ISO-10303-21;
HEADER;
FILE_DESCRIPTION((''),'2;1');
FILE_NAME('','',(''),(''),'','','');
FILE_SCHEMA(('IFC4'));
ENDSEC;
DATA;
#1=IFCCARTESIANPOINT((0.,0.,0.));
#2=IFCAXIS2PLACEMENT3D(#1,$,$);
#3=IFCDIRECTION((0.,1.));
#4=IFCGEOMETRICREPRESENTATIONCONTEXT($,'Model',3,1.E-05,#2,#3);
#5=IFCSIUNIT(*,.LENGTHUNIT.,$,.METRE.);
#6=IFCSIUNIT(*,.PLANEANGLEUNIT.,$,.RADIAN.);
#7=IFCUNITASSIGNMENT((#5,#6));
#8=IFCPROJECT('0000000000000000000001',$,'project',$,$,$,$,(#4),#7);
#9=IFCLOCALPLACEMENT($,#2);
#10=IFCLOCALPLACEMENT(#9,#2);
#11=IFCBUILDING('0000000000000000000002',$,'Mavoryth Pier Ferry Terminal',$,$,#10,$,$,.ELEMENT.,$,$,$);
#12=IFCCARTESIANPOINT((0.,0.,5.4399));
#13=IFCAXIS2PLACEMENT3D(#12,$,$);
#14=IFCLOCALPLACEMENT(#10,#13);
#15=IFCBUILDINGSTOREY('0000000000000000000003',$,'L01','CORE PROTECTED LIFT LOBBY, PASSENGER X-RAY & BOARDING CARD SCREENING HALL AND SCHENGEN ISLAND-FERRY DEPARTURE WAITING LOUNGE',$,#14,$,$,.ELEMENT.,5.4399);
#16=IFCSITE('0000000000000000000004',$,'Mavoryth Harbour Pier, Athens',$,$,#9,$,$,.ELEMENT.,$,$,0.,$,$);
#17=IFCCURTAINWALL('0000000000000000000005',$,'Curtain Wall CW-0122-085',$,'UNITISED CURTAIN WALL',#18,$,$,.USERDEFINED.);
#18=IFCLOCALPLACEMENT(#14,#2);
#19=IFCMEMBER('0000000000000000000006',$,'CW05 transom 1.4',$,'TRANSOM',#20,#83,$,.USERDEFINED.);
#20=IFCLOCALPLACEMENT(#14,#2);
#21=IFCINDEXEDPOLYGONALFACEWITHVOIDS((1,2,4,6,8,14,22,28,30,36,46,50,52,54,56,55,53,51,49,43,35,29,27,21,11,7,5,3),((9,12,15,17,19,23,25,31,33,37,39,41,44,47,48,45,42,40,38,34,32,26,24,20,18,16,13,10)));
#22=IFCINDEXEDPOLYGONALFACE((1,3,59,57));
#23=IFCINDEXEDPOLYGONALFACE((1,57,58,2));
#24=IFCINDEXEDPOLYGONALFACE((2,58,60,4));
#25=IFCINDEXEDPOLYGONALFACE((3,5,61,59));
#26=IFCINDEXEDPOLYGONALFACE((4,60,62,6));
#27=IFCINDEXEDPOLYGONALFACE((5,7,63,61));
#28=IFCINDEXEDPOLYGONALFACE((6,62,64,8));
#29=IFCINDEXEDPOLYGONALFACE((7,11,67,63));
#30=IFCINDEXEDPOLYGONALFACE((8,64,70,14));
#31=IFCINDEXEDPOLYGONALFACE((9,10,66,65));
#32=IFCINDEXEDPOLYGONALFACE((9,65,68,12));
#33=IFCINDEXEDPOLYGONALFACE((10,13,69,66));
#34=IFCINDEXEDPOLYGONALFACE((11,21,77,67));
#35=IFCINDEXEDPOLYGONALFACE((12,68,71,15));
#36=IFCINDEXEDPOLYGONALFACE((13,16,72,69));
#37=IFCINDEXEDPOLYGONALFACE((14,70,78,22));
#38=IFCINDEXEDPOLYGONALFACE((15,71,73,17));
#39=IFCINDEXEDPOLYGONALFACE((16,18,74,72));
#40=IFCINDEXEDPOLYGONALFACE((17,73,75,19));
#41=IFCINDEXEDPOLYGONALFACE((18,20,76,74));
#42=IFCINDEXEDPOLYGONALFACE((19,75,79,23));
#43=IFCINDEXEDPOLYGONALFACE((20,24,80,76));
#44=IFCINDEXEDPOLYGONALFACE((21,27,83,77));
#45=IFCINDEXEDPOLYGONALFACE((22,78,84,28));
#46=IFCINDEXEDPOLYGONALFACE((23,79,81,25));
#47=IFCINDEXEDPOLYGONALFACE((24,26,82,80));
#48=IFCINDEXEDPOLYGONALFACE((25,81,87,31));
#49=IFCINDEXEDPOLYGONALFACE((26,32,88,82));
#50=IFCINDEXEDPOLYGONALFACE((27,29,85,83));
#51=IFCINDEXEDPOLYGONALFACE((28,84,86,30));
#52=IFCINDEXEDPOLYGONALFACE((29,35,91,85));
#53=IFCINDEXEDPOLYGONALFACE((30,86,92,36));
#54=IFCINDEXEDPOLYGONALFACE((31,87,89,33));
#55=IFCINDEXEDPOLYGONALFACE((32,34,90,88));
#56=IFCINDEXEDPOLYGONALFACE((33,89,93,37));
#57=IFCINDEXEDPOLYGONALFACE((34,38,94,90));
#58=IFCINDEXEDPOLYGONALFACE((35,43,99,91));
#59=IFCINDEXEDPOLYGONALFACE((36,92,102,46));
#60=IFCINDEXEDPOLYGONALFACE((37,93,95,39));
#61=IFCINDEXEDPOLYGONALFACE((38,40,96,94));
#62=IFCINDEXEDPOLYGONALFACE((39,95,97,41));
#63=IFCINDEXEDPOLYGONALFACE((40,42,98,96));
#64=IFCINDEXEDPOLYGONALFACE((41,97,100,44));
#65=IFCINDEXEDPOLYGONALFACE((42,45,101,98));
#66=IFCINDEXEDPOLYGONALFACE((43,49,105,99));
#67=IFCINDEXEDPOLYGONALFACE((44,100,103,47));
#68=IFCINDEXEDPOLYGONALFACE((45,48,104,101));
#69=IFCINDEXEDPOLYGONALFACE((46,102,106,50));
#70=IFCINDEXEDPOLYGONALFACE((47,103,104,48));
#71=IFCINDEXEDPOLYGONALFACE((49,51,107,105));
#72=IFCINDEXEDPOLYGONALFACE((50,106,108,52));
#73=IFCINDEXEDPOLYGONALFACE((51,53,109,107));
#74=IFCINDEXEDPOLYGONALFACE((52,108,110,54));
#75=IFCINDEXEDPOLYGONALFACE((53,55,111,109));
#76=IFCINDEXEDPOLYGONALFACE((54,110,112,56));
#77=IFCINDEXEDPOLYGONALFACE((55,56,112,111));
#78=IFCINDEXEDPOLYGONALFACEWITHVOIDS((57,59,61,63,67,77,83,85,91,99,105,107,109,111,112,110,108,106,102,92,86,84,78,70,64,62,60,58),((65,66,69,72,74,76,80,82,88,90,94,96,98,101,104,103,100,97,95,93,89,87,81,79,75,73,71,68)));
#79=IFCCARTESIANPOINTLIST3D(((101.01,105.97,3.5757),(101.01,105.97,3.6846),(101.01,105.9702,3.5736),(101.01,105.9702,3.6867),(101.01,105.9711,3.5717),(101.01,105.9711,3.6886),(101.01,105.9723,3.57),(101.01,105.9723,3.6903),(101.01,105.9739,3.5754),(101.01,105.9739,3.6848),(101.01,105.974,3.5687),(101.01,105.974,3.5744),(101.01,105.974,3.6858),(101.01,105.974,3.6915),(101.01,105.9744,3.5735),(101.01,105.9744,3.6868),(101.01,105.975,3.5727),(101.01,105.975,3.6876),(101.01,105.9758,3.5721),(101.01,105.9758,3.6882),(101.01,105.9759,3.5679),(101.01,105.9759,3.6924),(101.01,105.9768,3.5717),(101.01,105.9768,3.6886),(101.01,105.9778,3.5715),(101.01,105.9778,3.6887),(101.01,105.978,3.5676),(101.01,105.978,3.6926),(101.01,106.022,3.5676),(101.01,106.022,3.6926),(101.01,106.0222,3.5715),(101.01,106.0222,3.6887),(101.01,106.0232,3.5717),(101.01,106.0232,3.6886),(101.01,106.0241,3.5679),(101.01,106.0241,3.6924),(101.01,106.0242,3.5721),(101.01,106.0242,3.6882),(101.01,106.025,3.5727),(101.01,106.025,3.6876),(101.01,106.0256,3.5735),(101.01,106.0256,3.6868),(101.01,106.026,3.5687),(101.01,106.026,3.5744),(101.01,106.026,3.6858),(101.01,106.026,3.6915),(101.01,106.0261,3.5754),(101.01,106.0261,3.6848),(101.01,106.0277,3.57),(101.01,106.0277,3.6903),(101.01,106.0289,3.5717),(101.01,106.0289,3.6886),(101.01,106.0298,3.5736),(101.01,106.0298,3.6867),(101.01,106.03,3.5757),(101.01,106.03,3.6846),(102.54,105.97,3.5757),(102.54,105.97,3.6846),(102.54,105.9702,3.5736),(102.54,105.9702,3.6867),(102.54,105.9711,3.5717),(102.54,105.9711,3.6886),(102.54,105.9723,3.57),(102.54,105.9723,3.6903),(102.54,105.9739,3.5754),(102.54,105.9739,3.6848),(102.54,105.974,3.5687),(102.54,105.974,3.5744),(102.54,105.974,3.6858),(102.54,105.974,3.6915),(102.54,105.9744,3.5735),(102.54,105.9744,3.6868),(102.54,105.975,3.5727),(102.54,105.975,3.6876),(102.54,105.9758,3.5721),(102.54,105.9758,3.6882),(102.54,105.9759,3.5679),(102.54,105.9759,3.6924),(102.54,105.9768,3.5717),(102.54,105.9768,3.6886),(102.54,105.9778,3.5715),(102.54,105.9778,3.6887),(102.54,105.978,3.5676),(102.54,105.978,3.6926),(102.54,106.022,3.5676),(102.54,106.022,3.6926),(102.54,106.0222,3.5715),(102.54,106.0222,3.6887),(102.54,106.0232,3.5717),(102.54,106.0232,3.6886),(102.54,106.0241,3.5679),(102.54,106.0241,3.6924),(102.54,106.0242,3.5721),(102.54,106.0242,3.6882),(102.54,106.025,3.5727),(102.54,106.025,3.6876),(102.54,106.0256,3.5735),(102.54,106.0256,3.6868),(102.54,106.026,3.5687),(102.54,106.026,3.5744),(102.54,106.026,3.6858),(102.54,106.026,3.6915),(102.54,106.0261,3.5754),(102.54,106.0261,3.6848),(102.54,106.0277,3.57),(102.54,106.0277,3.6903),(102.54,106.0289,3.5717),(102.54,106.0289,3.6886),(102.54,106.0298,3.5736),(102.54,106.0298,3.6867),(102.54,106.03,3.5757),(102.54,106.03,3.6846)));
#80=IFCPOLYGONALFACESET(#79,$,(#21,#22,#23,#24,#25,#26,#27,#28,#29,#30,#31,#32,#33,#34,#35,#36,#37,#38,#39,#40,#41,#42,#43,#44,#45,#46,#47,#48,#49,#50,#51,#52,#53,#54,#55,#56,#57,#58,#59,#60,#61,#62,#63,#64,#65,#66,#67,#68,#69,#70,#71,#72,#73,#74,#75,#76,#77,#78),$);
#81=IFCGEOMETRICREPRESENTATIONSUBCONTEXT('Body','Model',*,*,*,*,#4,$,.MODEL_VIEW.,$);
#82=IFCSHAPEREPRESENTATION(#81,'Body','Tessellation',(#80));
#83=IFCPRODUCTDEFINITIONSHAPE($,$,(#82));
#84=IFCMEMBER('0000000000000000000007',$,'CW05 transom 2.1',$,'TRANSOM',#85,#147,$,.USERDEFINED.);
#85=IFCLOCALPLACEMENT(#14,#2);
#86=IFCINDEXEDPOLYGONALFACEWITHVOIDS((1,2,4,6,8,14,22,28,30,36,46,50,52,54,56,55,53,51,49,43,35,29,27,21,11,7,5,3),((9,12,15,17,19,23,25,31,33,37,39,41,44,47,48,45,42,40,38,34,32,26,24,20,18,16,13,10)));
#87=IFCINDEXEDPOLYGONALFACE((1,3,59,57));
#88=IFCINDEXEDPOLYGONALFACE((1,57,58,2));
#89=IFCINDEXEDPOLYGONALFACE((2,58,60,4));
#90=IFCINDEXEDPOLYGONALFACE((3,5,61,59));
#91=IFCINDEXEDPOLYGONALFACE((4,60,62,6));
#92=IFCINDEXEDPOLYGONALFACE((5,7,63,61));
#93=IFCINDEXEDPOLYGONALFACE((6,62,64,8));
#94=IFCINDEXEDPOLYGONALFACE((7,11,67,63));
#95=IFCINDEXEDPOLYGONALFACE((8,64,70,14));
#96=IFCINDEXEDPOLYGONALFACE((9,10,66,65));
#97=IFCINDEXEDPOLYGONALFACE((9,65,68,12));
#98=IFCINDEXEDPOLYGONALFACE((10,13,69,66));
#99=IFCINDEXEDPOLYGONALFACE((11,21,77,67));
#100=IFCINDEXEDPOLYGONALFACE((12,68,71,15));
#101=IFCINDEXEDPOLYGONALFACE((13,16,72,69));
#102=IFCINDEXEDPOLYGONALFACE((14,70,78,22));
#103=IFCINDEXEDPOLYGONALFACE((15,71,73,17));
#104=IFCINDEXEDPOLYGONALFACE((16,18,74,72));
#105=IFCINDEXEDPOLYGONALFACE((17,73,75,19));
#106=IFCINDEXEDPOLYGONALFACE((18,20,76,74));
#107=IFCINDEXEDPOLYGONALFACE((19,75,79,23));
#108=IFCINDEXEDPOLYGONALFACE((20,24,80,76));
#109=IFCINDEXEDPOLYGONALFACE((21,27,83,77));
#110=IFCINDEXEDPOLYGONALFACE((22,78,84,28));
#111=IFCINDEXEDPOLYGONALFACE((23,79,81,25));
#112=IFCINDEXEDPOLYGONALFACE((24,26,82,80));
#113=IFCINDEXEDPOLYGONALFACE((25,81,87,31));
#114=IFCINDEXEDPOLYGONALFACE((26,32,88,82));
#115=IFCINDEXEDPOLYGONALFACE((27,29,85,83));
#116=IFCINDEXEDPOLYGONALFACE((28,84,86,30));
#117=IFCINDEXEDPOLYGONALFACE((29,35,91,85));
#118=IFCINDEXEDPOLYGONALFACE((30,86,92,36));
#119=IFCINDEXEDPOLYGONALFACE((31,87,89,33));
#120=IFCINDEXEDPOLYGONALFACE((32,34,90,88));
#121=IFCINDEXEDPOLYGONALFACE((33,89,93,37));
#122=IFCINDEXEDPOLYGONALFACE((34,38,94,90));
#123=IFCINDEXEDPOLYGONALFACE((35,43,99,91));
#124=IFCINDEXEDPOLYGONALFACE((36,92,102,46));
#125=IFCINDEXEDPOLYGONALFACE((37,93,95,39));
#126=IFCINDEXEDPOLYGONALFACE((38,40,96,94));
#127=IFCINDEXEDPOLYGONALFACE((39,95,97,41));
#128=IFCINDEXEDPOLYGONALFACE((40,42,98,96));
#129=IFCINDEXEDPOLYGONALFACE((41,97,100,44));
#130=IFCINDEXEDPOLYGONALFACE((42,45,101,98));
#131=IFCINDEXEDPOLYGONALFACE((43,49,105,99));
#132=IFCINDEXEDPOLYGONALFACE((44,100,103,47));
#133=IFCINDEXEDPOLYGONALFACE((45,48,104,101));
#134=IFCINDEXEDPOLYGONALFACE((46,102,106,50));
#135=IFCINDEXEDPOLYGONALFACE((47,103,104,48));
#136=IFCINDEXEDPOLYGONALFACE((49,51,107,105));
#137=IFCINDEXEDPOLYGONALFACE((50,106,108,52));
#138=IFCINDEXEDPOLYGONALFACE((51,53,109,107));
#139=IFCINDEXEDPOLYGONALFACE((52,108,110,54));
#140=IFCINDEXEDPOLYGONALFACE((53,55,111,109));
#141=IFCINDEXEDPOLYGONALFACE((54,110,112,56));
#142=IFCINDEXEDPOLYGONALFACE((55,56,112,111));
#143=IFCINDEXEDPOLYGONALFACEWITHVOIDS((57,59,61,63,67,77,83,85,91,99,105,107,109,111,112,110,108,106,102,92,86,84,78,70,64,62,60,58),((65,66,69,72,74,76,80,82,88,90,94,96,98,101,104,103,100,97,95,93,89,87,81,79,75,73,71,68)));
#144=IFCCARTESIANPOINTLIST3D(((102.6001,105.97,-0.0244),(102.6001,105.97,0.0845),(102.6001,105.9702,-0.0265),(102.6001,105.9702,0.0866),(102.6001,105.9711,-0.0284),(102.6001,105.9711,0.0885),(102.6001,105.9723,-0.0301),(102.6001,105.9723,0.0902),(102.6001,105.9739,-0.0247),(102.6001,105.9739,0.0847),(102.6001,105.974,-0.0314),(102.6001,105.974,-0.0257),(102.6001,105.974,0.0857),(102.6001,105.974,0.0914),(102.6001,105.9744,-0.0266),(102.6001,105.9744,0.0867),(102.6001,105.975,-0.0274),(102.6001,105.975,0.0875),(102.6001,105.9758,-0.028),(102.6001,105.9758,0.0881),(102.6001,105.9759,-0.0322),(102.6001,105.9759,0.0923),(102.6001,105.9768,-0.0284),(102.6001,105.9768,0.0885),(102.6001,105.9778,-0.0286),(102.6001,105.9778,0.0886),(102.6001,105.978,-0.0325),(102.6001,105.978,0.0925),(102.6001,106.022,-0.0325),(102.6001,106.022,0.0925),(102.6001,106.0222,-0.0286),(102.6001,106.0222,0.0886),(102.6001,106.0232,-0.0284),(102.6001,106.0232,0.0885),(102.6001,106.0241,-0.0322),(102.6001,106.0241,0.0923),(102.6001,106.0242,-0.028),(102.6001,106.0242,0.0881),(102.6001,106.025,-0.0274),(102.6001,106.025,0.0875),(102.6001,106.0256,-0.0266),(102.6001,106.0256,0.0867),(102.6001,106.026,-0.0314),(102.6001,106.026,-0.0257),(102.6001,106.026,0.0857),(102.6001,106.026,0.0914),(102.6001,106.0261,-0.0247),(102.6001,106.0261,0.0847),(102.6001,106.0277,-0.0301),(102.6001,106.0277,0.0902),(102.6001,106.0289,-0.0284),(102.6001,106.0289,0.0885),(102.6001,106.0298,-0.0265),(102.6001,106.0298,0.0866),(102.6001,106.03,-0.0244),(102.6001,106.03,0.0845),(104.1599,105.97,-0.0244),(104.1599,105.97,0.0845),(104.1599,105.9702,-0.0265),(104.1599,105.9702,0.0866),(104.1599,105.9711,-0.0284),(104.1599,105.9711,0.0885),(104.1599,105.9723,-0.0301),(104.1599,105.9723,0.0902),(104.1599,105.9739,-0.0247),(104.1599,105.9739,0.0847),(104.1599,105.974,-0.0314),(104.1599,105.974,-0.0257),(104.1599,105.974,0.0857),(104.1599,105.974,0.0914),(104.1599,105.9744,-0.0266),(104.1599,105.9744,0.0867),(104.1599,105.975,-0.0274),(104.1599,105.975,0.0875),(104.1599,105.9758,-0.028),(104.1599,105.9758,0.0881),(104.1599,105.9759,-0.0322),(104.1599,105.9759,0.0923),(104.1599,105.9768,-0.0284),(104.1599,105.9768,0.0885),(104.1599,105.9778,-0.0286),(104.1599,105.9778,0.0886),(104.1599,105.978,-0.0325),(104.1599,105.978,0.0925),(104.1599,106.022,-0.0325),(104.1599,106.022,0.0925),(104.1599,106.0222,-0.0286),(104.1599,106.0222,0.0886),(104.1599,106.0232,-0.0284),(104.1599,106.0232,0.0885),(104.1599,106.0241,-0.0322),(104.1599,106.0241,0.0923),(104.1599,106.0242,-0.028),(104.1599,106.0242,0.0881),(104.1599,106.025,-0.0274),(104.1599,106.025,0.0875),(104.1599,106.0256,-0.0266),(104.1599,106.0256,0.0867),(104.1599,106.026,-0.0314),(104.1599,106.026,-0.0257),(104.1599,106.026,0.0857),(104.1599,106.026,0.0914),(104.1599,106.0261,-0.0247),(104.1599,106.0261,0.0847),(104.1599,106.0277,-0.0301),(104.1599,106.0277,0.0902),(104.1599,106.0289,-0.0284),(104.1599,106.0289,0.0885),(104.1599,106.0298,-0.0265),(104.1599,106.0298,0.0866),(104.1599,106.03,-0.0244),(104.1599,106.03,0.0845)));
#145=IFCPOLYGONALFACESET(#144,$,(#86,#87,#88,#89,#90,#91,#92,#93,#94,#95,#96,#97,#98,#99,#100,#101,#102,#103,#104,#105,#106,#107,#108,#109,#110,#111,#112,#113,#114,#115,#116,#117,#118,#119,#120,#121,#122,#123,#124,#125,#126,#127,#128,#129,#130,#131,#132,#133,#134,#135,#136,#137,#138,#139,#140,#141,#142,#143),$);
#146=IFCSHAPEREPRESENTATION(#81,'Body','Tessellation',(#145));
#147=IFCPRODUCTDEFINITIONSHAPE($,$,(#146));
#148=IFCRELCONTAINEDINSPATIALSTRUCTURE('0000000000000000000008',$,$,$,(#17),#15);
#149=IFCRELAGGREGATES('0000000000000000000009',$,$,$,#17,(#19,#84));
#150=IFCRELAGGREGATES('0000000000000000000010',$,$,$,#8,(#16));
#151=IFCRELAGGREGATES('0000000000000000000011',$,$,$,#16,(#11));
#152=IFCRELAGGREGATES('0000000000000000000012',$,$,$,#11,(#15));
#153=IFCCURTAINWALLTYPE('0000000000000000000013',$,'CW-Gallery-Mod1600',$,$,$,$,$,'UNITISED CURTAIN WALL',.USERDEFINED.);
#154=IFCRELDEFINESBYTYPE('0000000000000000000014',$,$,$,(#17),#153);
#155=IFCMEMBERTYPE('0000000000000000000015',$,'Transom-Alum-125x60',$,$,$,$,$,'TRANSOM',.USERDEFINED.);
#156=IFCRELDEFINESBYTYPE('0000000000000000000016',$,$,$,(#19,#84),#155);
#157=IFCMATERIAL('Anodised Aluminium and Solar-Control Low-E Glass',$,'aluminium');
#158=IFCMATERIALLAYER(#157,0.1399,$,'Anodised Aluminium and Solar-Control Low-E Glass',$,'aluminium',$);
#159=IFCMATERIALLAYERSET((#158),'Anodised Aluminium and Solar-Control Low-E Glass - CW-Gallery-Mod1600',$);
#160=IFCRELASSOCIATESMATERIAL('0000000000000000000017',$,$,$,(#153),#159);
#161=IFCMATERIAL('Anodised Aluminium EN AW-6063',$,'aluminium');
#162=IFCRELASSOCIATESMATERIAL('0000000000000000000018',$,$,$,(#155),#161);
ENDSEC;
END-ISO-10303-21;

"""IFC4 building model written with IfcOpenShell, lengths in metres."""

from ifc_helpers import new_model, si_unit, direction, frame, origin, origin_2d, place, context, subcontext, project, spatial, hollow_rectangle, extrude, material, layer, layer_set, material_profile, profile_set, type_object, element, aggregate, save


model = new_model("IFC4")

# Units and contexts
model_context = context("Model", 3, precision=1e-05, world=origin(), true_north=direction((0.0, 1.0)))
body_context = subcontext(model_context, "Body", "Model", "MODEL_VIEW")
ifc_project = project(units=[si_unit("LENGTHUNIT", "METRE"), si_unit("PLANEANGLEUNIT", "RADIAN")], contexts=[model_context])

# Site, building, storey
site_placement = place(None, origin())
site = spatial("IfcSite", under=ifc_project, at=site_placement, Name="Mavoryth Harbour Pier, Athens", CompositionType="ELEMENT", RefElevation=0.0)
building_placement = place(site_placement, origin())
building = spatial("IfcBuilding", under=site, at=building_placement, Name="Mavoryth Pier Ferry Terminal", CompositionType="ELEMENT")
storey_placement = place(building_placement, frame((0.0, 0.0, 5.4399)))
storey = spatial("IfcBuildingStorey", under=building, at=storey_placement, Name="L01", Description="CORE PROTECTED LIFT LOBBY, PASSENGER X-RAY & BOARDING CARD SCREENING HALL AND SCHENGEN ISLAND-FERRY DEPARTURE WAITING LOUNGE", CompositionType="ELEMENT", Elevation=5.4399)

# Shared definitions
ifc_material_1 = material(Name="Anodised Aluminium and Solar-Control Low-E Glass", Category="aluminium")
ifc_layer_1 = layer(ifc_material_1, 0.1399, Name="Anodised Aluminium and Solar-Control Low-E Glass", Category="aluminium")
ifc_layer_set_1 = layer_set([ifc_layer_1], Name="Anodised Aluminium and Solar-Control Low-E Glass - CW-Gallery-Mod1600")
curtain_wall_type = type_object("IfcCurtainWallType", Name="CW-Gallery-Mod1600", ElementType="UNITISED CURTAIN WALL", PredefinedType="USERDEFINED", material=ifc_layer_set_1)
ifc_material_2 = material(Name="Anodised Aluminium EN AW-6063", Category="aluminium")

# Curtain wall
curtain_wall_1_placement = place(storey_placement, origin())
curtain_wall_1 = element("IfcCurtainWall", 1, at=curtain_wall_1_placement, inside=storey, type_object=curtain_wall_type, Name="Curtain Wall CW-0122-085", ObjectType="UNITISED CURTAIN WALL", PredefinedType="USERDEFINED")

# Members
ifc_material_profile_1 = material_profile(ifc_material_2, hollow_rectangle(XDim=0.0601, YDim=0.125, WallThickness=0.0039, InnerFilletRadius=0.0039, OuterFilletRadius=0.0081, at=origin_2d()), Name="AL-TRAN 125x60x4", Category="aluminium")
ifc_profile_set_1 = profile_set([ifc_material_profile_1], Name="Anodised Aluminium EN AW-6063 - AL-TRAN 125x60x4")
member_type_1 = type_object("IfcMemberType", Name="Transom-Alum-125x60", ElementType="TRANSOM", PredefinedType="USERDEFINED", material=ifc_profile_set_1)
member_1_placement = place(storey_placement, frame((101.01, 106.0, 3.6301), z_axis=(1.0, 0.0, 0.0), x_axis=(0.0, 1.0, 0.0)))
member_1 = element("IfcMember", 2, at=member_1_placement, type_object=member_type_1, Name="CW05 transom 1.4", ObjectType="TRANSOM", PredefinedType="USERDEFINED", context=body_context, shape_type="SweptSolid", body=[
    extrude(hollow_rectangle(XDim=0.0601, YDim=0.125, WallThickness=0.0039, InnerFilletRadius=0.0039, OuterFilletRadius=0.0081, at=origin_2d()), origin(), (0.0, 0.0, 1.0), 1.53),
])
member_2_placement = place(storey_placement, frame((102.6001, 106.0, 0.03), z_axis=(1.0, 0.0, 0.0), x_axis=(0.0, 1.0, 0.0)))
member_2 = element("IfcMember", 3, at=member_2_placement, type_object=member_type_1, Name="CW05 transom 2.1", ObjectType="TRANSOM", PredefinedType="USERDEFINED", context=body_context, shape_type="SweptSolid", body=[
    extrude(hollow_rectangle(XDim=0.0601, YDim=0.125, WallThickness=0.0039, InnerFilletRadius=0.0039, OuterFilletRadius=0.0081, at=origin_2d()), origin(), (0.0, 0.0, 1.0), 1.5598),
])

aggregate(curtain_wall_1, [member_1, member_2])

save(model, "model.ifc")
